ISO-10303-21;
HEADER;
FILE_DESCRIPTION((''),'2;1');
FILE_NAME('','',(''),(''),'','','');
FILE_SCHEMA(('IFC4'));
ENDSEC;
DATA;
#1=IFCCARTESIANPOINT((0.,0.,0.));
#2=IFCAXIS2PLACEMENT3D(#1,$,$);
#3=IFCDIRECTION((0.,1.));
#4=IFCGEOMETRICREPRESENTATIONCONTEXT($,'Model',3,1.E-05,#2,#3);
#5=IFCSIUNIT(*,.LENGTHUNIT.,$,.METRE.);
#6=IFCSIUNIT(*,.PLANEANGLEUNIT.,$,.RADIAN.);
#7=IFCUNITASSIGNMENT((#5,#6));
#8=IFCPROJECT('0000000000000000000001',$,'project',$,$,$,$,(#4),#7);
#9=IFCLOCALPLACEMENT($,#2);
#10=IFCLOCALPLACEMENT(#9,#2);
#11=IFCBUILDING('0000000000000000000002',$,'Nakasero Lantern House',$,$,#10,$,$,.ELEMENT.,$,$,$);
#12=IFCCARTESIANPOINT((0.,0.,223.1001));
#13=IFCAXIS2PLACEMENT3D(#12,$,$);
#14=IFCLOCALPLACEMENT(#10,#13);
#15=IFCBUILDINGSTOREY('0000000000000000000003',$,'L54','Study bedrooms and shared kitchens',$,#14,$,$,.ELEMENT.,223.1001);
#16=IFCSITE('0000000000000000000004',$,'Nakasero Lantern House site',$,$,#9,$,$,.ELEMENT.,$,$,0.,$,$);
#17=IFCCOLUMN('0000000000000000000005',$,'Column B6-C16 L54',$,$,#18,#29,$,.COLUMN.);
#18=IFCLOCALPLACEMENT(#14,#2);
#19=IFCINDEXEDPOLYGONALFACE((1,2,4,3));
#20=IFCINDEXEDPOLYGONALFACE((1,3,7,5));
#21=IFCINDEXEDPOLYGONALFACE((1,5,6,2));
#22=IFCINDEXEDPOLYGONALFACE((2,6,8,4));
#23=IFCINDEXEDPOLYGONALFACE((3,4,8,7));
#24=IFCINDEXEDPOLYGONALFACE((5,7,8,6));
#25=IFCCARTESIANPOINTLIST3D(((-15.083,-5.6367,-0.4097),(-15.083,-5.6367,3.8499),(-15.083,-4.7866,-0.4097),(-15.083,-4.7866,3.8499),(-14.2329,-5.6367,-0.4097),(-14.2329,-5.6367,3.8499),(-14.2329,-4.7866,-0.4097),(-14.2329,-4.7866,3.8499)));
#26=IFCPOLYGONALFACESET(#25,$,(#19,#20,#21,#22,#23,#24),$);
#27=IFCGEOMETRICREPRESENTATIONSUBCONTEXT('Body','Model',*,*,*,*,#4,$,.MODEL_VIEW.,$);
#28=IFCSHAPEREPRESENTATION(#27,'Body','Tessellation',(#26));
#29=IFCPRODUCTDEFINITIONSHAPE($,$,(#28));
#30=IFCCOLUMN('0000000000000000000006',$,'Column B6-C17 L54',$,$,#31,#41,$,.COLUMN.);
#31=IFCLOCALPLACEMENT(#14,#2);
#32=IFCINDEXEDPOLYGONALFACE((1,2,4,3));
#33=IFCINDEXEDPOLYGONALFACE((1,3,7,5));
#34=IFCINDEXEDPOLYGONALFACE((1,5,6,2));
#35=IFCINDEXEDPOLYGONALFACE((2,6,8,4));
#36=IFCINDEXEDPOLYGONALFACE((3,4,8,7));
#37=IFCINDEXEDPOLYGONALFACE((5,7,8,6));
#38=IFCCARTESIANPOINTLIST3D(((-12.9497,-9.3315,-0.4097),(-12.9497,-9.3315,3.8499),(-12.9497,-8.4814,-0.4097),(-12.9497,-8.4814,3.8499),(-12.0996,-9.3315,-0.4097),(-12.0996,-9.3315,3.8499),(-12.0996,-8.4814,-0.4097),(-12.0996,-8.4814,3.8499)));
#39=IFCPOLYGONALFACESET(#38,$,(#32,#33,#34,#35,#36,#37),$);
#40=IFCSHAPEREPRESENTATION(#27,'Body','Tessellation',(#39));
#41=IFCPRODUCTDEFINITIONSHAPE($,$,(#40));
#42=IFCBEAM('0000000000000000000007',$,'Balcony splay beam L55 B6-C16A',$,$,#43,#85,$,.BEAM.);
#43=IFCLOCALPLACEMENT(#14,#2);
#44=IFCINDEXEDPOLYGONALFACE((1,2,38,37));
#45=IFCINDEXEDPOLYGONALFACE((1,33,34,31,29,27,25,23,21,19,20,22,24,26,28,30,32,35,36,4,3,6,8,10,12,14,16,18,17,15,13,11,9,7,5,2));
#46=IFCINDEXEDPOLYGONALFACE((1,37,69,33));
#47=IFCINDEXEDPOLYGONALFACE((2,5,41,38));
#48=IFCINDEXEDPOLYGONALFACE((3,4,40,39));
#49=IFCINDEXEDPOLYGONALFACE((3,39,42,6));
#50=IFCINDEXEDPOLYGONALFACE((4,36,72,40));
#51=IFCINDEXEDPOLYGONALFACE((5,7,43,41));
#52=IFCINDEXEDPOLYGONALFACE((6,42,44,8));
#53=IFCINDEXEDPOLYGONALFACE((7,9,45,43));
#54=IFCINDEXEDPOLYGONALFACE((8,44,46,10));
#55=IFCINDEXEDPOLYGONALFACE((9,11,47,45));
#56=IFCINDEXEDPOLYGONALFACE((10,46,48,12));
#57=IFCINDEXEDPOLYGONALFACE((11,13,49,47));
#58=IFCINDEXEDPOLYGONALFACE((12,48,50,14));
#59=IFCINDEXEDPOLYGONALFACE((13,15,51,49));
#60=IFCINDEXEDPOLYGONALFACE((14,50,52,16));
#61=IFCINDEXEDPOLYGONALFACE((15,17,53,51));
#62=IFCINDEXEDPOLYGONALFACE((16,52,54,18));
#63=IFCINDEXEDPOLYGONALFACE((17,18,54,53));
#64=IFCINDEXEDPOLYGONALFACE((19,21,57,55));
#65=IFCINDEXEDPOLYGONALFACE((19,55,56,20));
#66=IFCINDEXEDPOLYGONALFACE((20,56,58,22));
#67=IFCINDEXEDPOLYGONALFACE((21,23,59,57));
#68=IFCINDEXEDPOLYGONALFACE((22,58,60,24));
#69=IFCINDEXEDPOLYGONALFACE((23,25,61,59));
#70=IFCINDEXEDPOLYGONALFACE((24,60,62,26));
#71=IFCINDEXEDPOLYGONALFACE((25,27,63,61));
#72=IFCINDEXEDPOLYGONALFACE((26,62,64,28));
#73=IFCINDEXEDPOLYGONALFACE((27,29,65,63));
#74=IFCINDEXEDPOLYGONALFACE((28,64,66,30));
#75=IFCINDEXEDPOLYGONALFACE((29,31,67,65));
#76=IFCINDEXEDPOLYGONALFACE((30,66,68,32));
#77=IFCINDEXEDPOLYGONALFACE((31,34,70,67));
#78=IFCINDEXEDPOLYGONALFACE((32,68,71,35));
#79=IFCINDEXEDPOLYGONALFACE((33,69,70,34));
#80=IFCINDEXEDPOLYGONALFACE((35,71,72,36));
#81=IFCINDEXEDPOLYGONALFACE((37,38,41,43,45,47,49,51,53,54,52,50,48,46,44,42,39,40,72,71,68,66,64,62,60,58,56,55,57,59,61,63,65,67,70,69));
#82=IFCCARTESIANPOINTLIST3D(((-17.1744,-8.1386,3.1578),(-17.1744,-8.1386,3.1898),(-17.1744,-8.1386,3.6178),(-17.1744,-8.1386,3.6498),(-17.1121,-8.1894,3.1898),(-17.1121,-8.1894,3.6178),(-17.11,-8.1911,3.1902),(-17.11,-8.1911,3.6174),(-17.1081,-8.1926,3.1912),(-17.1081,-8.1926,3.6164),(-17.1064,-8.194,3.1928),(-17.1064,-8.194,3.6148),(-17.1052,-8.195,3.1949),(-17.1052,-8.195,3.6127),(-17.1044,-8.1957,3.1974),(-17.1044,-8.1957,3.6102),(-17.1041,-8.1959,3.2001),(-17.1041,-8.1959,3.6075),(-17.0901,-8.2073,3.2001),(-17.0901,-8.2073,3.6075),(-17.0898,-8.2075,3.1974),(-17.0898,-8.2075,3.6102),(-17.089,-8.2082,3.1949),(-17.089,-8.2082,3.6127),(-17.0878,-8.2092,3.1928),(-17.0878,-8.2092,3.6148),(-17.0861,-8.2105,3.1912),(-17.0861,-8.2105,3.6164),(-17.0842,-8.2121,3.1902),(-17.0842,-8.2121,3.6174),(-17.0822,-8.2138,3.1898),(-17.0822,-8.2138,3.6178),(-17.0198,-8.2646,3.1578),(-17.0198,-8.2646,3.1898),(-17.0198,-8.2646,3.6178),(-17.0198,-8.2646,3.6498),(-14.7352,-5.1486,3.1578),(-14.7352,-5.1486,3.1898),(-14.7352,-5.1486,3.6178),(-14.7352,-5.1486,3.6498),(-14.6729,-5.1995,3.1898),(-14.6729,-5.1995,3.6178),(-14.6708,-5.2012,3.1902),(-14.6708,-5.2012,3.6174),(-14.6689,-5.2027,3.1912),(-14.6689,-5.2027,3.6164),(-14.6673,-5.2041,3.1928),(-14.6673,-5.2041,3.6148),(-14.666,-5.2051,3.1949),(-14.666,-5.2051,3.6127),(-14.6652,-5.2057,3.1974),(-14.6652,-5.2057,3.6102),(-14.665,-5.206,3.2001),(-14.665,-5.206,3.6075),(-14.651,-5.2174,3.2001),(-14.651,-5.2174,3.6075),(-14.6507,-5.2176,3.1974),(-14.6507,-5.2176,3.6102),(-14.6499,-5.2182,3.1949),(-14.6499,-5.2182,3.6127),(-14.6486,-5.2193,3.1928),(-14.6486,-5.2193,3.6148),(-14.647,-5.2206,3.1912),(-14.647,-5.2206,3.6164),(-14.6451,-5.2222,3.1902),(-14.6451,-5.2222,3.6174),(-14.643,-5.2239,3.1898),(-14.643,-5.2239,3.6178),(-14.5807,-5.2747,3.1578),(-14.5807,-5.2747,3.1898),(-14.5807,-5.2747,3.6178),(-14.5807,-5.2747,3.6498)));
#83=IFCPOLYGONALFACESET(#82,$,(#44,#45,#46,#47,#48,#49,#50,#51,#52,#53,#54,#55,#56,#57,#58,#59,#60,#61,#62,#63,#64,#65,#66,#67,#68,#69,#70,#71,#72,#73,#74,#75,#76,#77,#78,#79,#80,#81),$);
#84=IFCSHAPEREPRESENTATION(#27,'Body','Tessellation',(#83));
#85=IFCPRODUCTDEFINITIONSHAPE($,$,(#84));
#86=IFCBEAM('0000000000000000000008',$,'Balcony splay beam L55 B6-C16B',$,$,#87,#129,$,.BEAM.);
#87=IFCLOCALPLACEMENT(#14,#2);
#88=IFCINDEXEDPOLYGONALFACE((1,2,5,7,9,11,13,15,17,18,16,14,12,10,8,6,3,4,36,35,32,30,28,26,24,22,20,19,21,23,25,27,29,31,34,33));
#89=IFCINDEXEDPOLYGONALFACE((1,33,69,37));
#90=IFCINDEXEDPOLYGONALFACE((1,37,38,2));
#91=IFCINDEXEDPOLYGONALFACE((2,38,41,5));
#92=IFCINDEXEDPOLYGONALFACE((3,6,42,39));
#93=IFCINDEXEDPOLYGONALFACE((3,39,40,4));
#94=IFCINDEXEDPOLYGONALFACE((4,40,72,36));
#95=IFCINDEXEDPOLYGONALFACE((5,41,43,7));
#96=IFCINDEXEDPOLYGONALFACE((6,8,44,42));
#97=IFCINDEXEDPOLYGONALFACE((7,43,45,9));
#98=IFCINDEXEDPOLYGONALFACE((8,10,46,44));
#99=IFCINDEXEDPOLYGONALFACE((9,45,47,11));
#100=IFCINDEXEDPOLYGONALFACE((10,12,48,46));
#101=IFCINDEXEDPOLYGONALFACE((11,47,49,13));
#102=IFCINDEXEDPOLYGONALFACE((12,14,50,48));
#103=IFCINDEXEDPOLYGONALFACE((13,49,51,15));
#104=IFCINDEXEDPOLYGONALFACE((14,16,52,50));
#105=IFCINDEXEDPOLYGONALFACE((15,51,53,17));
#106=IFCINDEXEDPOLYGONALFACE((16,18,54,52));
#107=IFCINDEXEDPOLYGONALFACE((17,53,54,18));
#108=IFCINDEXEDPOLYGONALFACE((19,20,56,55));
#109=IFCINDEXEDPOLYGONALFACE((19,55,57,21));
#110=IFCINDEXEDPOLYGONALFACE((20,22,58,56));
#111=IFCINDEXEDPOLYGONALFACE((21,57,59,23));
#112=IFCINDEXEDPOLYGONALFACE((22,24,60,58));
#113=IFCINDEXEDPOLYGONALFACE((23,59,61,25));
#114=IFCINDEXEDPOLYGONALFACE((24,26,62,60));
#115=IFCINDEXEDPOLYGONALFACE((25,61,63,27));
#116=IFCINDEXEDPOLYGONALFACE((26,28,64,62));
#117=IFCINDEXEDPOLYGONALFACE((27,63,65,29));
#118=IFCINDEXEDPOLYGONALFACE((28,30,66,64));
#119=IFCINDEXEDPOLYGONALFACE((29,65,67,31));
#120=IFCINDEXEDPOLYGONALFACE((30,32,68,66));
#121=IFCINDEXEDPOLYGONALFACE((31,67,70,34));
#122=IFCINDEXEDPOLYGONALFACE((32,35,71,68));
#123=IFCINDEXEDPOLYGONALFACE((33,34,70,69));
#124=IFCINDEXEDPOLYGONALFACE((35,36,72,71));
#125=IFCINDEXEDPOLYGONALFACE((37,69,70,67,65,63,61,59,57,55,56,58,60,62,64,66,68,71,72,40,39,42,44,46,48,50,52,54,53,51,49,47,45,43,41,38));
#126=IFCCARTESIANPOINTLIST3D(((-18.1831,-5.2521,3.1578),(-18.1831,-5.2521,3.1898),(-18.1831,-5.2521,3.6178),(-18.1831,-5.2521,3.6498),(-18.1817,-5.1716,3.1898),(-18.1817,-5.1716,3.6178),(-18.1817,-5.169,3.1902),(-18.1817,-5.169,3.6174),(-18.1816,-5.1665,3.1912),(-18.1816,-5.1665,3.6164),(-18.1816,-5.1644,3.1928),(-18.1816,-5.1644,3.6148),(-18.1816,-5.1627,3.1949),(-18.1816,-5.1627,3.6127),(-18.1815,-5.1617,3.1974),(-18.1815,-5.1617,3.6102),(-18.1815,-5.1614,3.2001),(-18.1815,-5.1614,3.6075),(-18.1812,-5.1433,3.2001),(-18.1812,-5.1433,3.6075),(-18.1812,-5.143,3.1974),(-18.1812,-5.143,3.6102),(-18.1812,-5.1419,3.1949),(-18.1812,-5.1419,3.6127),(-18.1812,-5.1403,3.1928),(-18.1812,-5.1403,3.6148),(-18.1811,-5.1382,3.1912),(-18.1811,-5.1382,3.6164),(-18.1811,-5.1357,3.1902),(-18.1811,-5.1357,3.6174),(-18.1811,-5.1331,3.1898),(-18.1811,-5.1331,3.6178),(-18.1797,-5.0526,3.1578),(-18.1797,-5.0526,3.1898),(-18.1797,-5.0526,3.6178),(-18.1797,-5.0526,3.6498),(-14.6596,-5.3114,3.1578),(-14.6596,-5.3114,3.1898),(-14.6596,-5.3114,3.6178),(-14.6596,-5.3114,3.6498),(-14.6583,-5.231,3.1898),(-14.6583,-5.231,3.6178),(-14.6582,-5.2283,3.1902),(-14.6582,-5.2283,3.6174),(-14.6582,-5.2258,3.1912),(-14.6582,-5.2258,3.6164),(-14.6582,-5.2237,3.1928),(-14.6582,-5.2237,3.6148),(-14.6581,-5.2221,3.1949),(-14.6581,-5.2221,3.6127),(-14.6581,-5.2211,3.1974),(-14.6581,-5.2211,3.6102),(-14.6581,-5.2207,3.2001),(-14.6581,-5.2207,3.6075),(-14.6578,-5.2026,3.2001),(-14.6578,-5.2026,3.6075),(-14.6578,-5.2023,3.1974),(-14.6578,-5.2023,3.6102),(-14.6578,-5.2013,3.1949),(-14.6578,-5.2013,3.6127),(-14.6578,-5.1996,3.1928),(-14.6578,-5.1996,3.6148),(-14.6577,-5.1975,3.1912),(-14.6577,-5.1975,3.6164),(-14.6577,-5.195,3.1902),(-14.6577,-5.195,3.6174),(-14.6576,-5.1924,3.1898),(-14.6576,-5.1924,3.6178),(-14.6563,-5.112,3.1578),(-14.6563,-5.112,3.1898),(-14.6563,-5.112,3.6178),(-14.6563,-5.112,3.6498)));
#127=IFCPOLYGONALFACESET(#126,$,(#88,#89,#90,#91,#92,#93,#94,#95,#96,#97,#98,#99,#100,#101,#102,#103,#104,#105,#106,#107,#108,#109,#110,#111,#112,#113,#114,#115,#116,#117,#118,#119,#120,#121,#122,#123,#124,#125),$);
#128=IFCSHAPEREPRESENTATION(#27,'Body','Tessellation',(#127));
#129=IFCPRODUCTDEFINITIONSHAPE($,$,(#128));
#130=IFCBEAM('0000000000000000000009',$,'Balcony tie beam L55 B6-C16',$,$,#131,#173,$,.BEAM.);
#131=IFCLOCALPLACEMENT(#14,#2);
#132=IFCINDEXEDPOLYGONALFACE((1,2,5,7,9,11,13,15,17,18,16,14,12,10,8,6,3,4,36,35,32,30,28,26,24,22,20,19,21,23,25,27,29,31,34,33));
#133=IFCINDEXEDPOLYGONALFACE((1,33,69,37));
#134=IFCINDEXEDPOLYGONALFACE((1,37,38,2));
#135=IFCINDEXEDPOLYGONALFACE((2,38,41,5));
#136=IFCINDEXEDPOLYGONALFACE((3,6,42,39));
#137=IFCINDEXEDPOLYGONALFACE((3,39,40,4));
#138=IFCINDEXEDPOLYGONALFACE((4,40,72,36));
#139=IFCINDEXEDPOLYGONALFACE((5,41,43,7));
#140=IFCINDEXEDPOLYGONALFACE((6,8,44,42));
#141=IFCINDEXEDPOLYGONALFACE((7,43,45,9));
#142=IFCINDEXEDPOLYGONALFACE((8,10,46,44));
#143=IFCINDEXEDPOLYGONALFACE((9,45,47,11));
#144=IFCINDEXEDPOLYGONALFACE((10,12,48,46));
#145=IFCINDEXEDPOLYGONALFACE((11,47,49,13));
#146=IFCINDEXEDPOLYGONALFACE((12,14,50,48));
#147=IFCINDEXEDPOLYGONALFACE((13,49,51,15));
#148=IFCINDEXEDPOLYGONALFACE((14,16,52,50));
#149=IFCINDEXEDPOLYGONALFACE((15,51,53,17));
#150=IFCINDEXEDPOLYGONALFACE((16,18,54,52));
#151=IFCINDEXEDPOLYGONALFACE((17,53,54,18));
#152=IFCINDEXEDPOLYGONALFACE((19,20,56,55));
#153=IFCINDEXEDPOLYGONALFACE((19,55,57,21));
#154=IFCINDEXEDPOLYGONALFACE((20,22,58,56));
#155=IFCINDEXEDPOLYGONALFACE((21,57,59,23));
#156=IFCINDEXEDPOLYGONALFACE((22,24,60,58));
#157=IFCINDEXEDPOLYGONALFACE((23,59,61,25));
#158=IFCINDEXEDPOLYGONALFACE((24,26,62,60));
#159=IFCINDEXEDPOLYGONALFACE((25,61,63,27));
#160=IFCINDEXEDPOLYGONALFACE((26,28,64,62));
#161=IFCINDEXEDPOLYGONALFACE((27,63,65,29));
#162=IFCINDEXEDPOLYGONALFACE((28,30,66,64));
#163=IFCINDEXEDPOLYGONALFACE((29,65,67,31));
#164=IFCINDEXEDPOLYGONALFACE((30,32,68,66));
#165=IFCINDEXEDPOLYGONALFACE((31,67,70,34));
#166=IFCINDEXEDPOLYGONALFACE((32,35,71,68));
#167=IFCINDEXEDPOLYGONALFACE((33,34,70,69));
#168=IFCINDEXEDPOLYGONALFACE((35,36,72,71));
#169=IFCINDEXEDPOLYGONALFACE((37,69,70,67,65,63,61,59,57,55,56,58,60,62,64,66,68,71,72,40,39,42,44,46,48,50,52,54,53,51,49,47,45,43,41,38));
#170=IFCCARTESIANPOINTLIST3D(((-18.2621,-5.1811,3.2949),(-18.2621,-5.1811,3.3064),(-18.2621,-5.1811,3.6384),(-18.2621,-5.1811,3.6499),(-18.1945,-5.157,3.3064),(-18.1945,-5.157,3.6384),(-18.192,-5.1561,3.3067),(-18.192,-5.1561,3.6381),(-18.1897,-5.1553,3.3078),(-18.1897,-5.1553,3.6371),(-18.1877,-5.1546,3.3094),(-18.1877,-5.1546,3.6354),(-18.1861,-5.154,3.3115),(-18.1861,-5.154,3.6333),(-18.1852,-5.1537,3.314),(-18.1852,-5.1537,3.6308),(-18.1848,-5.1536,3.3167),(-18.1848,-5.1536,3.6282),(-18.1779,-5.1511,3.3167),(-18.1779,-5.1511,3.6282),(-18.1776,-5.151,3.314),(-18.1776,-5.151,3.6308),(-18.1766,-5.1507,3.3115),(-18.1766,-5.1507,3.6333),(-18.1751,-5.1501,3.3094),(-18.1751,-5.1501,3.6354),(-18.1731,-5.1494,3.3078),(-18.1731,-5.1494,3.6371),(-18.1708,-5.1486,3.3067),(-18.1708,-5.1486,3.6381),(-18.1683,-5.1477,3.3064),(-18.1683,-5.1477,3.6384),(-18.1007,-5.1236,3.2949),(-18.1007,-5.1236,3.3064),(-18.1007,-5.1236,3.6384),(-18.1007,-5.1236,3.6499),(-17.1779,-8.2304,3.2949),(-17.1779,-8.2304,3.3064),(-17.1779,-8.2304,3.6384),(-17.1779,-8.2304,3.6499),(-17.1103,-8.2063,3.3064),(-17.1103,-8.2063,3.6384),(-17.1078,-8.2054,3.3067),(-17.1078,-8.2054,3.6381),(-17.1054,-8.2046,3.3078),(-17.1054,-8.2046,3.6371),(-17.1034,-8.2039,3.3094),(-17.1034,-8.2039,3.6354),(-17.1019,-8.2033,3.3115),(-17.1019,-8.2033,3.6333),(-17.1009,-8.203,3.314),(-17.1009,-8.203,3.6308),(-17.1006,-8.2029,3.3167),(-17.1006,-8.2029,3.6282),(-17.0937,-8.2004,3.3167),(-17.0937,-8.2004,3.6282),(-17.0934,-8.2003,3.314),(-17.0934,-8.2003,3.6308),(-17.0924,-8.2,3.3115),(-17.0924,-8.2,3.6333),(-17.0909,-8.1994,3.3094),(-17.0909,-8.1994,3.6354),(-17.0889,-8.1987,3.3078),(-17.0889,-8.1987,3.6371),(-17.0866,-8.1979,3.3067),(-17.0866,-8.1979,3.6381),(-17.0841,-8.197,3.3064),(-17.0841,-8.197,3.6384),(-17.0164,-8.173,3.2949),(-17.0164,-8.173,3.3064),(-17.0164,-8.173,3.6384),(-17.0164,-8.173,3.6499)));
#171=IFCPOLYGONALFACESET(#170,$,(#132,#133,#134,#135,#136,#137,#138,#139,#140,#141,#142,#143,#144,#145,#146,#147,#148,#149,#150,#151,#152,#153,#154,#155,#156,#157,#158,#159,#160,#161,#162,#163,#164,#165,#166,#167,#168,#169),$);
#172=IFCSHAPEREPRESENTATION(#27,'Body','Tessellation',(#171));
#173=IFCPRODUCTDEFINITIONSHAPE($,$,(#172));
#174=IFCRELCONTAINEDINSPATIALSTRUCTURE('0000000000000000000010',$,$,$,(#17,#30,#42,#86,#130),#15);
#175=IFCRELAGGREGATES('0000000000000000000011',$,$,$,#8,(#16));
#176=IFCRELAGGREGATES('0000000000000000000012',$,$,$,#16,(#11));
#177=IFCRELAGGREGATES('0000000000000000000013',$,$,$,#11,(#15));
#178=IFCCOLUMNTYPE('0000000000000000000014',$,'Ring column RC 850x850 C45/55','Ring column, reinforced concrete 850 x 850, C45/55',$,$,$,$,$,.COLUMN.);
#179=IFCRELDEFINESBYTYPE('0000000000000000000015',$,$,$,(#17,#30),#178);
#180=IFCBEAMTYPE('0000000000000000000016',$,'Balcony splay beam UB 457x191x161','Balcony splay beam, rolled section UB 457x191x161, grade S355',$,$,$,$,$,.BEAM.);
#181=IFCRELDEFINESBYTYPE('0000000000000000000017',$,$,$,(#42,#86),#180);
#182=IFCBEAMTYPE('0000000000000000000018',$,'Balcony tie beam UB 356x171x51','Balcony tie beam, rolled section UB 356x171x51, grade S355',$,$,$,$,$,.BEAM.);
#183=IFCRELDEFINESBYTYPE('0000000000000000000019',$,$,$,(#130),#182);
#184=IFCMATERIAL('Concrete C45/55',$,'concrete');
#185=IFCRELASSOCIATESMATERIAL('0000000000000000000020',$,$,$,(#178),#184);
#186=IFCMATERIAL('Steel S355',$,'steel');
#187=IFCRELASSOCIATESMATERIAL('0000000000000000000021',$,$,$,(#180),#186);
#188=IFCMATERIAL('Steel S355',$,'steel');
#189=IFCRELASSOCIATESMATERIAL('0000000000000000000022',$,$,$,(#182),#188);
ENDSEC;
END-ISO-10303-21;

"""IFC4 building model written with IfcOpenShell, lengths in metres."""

from ifc_helpers import new_model, si_unit, direction, frame, origin, origin_2d, place, context, subcontext, project, spatial, rectangle, i_section, extrude, material, material_profile, profile_set, type_object, element, save


model = new_model("IFC4")

# Units and contexts
model_context = context("Model", 3, precision=1e-05, world=origin(), true_north=direction((0.0, 1.0)))
body_context = subcontext(model_context, "Body", "Model", "MODEL_VIEW")
ifc_project = project(units=[si_unit("LENGTHUNIT", "METRE"), si_unit("PLANEANGLEUNIT", "RADIAN")], contexts=[model_context])

# Site, building, storey
site_placement = place(None, origin())
site = spatial("IfcSite", under=ifc_project, at=site_placement, Name="Nakasero Lantern House site", CompositionType="ELEMENT", RefElevation=0.0)
building_placement = place(site_placement, origin())
building = spatial("IfcBuilding", under=site, at=building_placement, Name="Nakasero Lantern House", CompositionType="ELEMENT")
storey_placement = place(building_placement, frame((0.0, 0.0, 223.1001)))
storey = spatial("IfcBuildingStorey", under=building, at=storey_placement, Name="L54", Description="Study bedrooms and shared kitchens", CompositionType="ELEMENT", Elevation=223.1001)

# Columns
ifc_material_1 = material(Name="Concrete C45/55", Category="concrete")
ifc_material_profile_1 = material_profile(ifc_material_1, rectangle(XDim=0.8501, YDim=0.8501, at=origin_2d()), Name="RC 850x850")
ifc_profile_set_1 = profile_set([ifc_material_profile_1], Name="Concrete C45/55")
column_type = type_object("IfcColumnType", Name="Ring column RC 850x850 C45/55", Description="Ring column, reinforced concrete 850 x 850, C45/55", PredefinedType="COLUMN", material=ifc_profile_set_1)
for number, where, z_axis, x_axis, name in (
    (1, (-14.658, -5.2117, -0.4097), (0.0, 0.0, 1.0), (1.0, 0.0, 0.0), "Column B6-C16 L54"),
    (2, (-12.5247, -8.9065, -0.4097), (0.0, 0.0, 1.0), (1.0, 0.0, 0.0), "Column B6-C17 L54"),
):
    element("IfcColumn", number, at=place(storey_placement, frame(where, z_axis=z_axis, x_axis=x_axis)), inside=storey, type_object=column_type, Name=name, PredefinedType="COLUMN", context=body_context, shape_type="SweptSolid", body=[
        extrude(rectangle(XDim=0.8501, YDim=0.8501, at=origin_2d()), origin(), (0.0, 0.0, 1.0), 4.2595),
    ])

# Beams
ifc_material_2 = material(Name="Steel S355", Category="steel")
ifc_material_profile_2 = material_profile(ifc_material_2, i_section(OverallWidth=0.1995, OverallDepth=0.4919, WebThickness=0.0181, FlangeThickness=0.032, FilletRadius=0.0103, at=origin_2d()), Name="UB 457x191x161")
ifc_profile_set_2 = profile_set([ifc_material_profile_2], Name="Steel S355")
beam_type_1 = type_object("IfcBeamType", Name="Balcony splay beam UB 457x191x161", Description="Balcony splay beam, rolled section UB 457x191x161, grade S355", PredefinedType="BEAM", material=ifc_profile_set_2)
beam_1_placement = place(storey_placement, frame((-14.658, -5.2117, 3.4038), z_axis=(-0.632128, -0.774864, 0.0), x_axis=(0.774864, -0.632128, 0.0)))
element("IfcBeam", 3, at=beam_1_placement, inside=storey, type_object=beam_type_1, Name="Balcony splay beam L55 B6-C16A", PredefinedType="BEAM", context=body_context, shape_type="SweptSolid", body=[
    extrude(i_section(OverallWidth=0.1995, OverallDepth=0.4919, WebThickness=0.0181, FlangeThickness=0.032, FilletRadius=0.0103, at=origin_2d()), origin(), (0.0, 0.0, 1.0), 3.8586),
])
beam_2_placement = place(storey_placement, frame((-14.658, -5.2117, 3.4038), z_axis=(-0.999858, 0.016835, 0.0), x_axis=(-0.016835, -0.999858, 0.0)))
element("IfcBeam", 4, at=beam_2_placement, inside=storey, type_object=beam_type_1, Name="Balcony splay beam L55 B6-C16B", PredefinedType="BEAM", context=body_context, shape_type="SweptSolid", body=[
    extrude(i_section(OverallWidth=0.1995, OverallDepth=0.4919, WebThickness=0.0181, FlangeThickness=0.032, FilletRadius=0.0103, at=origin_2d()), origin(), (0.0, 0.0, 1.0), 3.5239),
])
ifc_material_3 = material(Name="Steel S355", Category="steel")
ifc_material_profile_3 = material_profile(ifc_material_3, i_section(OverallWidth=0.1714, OverallDepth=0.355, WebThickness=0.0073, FlangeThickness=0.0115, FilletRadius=0.0103, at=origin_2d()), Name="UB 356x171x51")
ifc_profile_set_3 = profile_set([ifc_material_profile_3], Name="Steel S355")
beam_type_2 = type_object("IfcBeamType", Name="Balcony tie beam UB 356x171x51", Description="Balcony tie beam, rolled section UB 356x171x51, grade S355", PredefinedType="BEAM", material=ifc_profile_set_3)
beam_3_placement = place(storey_placement, frame((-17.0972, -8.2017, 3.4724), z_axis=(-0.335017, 0.942212, 0.0), x_axis=(-0.942212, -0.335017, 0.0)))
element("IfcBeam", 5, at=beam_3_placement, inside=storey, type_object=beam_type_2, Name="Balcony tie beam L55 B6-C16", PredefinedType="BEAM", context=body_context, shape_type="SweptSolid", body=[
    extrude(i_section(OverallWidth=0.1714, OverallDepth=0.355, WebThickness=0.0073, FlangeThickness=0.0115, FilletRadius=0.0103, at=origin_2d()), origin(), (0.0, 0.0, 1.0), 3.2363),
])

save(model, "model.ifc")
